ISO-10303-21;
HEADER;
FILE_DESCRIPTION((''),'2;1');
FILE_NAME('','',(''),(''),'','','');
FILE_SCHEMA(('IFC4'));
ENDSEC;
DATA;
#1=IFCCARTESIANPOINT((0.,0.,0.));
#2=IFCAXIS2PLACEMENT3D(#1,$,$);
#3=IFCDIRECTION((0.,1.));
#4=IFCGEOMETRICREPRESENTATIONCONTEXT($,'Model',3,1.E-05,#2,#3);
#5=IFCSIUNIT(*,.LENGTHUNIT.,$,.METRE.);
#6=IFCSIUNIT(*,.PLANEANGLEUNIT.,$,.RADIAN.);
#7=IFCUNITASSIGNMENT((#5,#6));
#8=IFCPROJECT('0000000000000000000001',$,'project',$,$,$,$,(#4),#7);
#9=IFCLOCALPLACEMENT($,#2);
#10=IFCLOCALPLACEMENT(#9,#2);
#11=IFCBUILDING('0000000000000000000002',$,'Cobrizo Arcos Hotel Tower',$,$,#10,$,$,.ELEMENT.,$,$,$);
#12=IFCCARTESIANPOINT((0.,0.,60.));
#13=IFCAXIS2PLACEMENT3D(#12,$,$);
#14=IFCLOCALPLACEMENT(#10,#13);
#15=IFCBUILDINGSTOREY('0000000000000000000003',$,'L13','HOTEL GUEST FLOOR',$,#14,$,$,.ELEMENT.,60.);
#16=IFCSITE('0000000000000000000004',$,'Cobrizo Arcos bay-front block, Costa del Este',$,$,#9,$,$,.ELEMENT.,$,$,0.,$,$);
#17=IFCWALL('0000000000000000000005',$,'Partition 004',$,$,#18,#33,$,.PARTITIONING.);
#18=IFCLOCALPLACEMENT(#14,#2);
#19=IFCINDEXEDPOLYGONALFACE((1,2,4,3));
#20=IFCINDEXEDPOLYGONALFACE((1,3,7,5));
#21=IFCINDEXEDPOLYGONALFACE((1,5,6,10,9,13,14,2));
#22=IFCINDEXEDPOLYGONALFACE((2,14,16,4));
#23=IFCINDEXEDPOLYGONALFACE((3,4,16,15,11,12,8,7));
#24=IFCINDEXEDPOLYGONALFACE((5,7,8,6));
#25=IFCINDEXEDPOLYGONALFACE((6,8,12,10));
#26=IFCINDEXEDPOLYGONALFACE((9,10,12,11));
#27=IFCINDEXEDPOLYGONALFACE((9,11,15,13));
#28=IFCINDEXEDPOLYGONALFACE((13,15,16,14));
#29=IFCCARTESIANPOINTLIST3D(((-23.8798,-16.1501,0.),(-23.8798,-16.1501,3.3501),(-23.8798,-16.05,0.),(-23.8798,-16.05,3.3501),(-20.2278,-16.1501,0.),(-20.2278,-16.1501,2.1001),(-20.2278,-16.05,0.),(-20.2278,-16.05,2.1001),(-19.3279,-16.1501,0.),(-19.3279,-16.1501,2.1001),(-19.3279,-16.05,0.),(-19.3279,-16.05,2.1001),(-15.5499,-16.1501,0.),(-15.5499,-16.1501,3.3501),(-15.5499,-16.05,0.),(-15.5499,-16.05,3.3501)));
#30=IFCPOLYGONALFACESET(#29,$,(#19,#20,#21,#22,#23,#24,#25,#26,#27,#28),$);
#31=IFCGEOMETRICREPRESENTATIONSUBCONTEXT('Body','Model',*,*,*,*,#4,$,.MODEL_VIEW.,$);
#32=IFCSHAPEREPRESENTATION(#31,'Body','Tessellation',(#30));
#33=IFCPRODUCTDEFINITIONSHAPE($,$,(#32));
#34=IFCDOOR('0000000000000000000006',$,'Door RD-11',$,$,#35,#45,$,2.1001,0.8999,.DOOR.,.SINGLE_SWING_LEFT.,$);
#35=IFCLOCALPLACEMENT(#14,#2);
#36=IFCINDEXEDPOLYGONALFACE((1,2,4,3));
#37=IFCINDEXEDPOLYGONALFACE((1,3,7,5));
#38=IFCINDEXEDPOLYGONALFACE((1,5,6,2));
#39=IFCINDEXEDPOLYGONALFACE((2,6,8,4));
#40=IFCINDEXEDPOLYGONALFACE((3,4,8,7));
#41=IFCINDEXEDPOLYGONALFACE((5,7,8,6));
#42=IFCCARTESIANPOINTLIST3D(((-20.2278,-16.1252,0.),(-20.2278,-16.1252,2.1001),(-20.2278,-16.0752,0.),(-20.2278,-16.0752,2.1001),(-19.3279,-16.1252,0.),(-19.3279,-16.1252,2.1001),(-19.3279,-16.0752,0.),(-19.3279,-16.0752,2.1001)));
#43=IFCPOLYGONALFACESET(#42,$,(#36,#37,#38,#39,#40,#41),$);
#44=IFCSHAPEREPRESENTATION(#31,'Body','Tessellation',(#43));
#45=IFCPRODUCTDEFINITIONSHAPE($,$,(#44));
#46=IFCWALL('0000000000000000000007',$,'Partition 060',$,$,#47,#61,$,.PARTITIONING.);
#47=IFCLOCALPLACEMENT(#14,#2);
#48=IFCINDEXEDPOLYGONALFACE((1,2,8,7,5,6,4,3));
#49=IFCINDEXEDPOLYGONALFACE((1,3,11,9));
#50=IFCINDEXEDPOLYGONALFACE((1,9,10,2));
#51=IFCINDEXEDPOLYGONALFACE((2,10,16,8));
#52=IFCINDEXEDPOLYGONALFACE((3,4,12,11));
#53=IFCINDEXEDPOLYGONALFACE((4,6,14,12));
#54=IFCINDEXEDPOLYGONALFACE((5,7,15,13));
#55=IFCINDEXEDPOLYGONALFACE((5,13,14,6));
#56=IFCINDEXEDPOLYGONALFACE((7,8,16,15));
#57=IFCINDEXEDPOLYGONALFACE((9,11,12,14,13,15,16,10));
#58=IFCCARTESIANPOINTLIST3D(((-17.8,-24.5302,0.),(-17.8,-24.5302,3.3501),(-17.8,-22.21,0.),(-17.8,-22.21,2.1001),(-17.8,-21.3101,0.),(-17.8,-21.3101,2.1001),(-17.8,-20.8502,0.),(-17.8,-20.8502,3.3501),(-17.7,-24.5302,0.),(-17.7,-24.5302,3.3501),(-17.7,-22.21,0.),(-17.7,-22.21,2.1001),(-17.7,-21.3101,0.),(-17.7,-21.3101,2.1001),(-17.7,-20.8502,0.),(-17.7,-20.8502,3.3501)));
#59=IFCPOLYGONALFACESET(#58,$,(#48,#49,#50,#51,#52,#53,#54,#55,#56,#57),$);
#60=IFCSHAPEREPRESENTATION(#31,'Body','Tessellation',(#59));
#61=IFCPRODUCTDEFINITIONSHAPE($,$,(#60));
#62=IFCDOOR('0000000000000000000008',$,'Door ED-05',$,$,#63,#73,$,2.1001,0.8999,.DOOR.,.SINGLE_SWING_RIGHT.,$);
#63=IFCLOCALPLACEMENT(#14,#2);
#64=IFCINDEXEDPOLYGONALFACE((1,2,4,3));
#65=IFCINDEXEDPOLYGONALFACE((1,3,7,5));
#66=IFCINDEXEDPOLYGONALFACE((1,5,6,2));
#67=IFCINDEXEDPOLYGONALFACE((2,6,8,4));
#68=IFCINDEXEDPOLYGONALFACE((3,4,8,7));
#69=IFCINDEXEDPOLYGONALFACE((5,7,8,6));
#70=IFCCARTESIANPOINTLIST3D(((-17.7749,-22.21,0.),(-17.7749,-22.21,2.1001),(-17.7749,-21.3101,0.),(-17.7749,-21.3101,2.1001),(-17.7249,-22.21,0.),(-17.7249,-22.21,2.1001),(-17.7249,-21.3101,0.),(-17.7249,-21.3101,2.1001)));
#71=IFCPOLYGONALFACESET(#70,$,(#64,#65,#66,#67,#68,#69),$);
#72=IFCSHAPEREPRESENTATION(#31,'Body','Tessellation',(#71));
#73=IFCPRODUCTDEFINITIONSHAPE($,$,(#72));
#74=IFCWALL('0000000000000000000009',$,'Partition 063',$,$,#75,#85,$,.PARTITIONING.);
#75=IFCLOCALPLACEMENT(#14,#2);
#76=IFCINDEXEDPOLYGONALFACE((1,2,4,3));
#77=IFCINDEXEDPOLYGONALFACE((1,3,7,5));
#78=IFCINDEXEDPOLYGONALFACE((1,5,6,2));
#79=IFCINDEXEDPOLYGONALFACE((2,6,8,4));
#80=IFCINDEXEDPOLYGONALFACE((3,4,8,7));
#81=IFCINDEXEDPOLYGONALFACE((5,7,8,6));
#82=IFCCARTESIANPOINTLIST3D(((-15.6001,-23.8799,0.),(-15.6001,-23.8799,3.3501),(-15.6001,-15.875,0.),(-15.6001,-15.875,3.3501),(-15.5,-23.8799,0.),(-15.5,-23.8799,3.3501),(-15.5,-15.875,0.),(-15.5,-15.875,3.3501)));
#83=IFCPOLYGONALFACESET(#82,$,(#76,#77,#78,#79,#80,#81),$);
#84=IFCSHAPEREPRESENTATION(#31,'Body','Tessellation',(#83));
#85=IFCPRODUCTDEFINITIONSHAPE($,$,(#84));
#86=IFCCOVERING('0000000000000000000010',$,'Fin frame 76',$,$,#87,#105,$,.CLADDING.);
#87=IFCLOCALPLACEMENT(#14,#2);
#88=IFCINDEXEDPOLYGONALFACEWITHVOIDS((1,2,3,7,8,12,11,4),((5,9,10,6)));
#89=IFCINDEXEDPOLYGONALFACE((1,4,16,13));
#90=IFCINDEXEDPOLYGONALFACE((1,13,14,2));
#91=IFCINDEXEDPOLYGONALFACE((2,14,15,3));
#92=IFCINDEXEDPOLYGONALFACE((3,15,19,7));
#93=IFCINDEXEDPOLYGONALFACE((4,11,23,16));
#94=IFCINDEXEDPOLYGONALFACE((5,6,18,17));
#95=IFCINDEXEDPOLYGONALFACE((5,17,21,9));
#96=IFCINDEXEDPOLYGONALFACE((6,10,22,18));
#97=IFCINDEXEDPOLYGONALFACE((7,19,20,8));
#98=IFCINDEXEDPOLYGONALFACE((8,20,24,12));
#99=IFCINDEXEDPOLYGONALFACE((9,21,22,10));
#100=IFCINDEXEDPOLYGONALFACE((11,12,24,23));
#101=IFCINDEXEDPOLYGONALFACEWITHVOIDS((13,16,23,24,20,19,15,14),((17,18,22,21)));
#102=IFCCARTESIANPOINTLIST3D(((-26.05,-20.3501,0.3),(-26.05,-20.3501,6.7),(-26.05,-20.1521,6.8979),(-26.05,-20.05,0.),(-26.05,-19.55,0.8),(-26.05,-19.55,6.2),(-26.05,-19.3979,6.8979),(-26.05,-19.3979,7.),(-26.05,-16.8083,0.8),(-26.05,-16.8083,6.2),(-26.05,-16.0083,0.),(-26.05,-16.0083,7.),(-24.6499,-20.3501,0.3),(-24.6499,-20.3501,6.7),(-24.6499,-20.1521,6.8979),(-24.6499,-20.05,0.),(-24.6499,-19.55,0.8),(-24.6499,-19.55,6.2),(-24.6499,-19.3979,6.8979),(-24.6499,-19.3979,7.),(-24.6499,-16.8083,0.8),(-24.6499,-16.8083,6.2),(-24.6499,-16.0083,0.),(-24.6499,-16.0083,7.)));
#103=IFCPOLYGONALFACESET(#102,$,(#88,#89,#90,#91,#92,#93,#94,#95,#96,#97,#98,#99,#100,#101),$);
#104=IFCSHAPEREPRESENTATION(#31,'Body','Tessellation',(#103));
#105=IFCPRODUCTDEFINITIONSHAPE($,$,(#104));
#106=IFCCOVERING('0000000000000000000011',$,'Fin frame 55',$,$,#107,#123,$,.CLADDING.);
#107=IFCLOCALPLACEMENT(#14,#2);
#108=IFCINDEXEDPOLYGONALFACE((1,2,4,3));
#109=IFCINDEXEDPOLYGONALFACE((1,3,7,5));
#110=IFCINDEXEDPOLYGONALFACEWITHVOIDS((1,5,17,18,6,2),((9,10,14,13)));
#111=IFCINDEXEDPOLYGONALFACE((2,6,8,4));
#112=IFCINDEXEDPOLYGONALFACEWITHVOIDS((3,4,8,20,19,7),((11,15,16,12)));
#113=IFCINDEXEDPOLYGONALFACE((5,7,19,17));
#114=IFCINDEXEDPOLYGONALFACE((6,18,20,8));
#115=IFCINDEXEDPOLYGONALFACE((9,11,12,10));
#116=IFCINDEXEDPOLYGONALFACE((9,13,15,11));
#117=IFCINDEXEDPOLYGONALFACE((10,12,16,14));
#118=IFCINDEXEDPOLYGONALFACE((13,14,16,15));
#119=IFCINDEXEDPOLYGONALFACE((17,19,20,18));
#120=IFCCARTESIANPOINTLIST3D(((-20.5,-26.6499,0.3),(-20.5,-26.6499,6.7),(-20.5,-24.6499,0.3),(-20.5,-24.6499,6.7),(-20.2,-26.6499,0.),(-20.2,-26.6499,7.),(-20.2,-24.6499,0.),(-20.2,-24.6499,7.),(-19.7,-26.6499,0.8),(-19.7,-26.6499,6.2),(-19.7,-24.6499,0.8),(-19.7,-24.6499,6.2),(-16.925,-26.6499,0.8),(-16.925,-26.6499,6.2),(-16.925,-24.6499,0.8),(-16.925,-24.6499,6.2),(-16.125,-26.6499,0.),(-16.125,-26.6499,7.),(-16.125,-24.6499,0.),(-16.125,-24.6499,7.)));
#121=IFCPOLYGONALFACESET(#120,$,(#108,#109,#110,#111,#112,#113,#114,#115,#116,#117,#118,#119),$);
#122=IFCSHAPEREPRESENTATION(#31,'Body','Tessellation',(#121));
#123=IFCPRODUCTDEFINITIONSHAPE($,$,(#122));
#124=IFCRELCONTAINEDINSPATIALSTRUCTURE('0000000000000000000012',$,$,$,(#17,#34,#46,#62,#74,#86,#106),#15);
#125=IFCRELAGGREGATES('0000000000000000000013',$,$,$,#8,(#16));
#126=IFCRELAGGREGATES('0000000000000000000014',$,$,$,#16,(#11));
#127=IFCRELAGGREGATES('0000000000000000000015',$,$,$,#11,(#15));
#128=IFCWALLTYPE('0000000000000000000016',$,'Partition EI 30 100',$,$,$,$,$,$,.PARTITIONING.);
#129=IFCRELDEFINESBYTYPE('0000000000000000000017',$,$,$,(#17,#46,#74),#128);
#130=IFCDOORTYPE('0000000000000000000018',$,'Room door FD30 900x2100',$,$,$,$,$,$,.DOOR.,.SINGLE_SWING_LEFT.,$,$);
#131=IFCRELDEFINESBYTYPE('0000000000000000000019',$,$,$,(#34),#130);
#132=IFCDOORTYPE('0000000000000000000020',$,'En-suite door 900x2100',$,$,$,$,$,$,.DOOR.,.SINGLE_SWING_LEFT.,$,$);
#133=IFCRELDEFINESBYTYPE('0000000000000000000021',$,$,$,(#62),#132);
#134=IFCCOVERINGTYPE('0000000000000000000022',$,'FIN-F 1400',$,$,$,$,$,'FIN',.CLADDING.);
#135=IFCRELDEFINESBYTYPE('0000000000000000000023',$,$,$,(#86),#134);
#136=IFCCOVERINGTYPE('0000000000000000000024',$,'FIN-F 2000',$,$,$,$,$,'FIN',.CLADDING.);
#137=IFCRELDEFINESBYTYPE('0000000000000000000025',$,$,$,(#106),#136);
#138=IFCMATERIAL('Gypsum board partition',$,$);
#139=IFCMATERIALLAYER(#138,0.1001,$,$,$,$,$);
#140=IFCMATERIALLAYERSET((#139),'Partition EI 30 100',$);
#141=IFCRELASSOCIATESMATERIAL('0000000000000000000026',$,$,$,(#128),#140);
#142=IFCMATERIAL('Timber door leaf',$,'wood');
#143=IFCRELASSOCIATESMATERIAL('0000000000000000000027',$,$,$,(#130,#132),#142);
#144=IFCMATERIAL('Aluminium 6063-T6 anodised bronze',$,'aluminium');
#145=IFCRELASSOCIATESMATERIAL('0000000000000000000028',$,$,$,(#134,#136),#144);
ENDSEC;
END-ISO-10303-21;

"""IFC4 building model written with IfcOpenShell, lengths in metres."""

from ifc_helpers import new_model, si_unit, direction, frame, frame_2d, origin, place, context, subcontext, project, spatial, polyline, rectangle, outline, extrude, material, layer, layer_set, type_object, element, fill, save


model = new_model("IFC4")

# Units and contexts
model_context = context("Model", 3, precision=1e-05, world=origin(), true_north=direction((0.0, 1.0)))
body_context = subcontext(model_context, "Body", "Model", "MODEL_VIEW")
ifc_project = project(units=[si_unit("LENGTHUNIT", "METRE"), si_unit("PLANEANGLEUNIT", "RADIAN")], contexts=[model_context])

# Site, building, storey
site_placement = place(None, origin())
site = spatial("IfcSite", under=ifc_project, at=site_placement, Name="Cobrizo Arcos bay-front block, Costa del Este", CompositionType="ELEMENT", RefElevation=0.0)
building_placement = place(site_placement, origin())
building = spatial("IfcBuilding", under=site, at=building_placement, Name="Cobrizo Arcos Hotel Tower", CompositionType="ELEMENT")
storey_placement = place(building_placement, frame((0.0, 0.0, 60.0)))
storey = spatial("IfcBuildingStorey", under=building, at=storey_placement, Name="L13", Description="HOTEL GUEST FLOOR", CompositionType="ELEMENT", Elevation=60.0)

# Shared definitions
ifc_material_1 = material(Name="Aluminium 6063-T6 anodised bronze", Category="aluminium")

# Shared definitions
ifc_material_2 = material(Name="Gypsum board partition")
ifc_layer_1 = layer(ifc_material_2, 0.1001)
ifc_layer_set_1 = layer_set([ifc_layer_1], Name="Partition EI 30 100")
wall_type = type_object("IfcWallType", Name="Partition EI 30 100", PredefinedType="PARTITIONING", material=ifc_layer_set_1)

# Walls, openings, doors
wall_1_placement = place(storey_placement, frame((-23.8799, -16.1001, 0.0), z_axis=(0.0, 0.0, 1.0), x_axis=(1.0, 0.0, 0.0)))
wall_1 = element("IfcWall", 1, at=wall_1_placement, inside=storey, type_object=wall_type, Name="Partition 004", PredefinedType="PARTITIONING", context=body_context, shape_type="SweptSolid", body=[
    extrude(rectangle(XDim=8.3298, YDim=0.1001, at=frame_2d((4.165, 0.0))), origin(), (0.0, 0.0, 1.0), 3.3501),
])
opening_1_placement = place(wall_1_placement, frame((3.6521, 0.0, 0.0)))
opening_1 = element("IfcOpeningElement", 2, at=opening_1_placement, cuts=wall_1, PredefinedType="OPENING", context=body_context, shape_type="SweptSolid", body=[
    extrude(rectangle(XDim=0.8999, YDim=2.1001, at=frame_2d((0.45, 1.05))), frame((0.0, 0.062, 0.0), z_axis=(0.0, -1.0, 0.0), x_axis=(1.0, 0.0, 0.0)), (0.0, 0.0, 1.0), 0.124),
])
ifc_material_3 = material(Name="Timber door leaf", Category="wood")
door_type_1 = type_object("IfcDoorType", Name="Room door FD30 900x2100", OperationType="SINGLE_SWING_LEFT", PredefinedType="DOOR", material=ifc_material_3)
door_1_placement = place(opening_1_placement, origin())
door_1 = element("IfcDoor", 3, at=door_1_placement, inside=storey, type_object=door_type_1, Name="Door RD-11", OperationType="SINGLE_SWING_LEFT", OverallHeight=2.1001, OverallWidth=0.8999, PredefinedType="DOOR", context=body_context, shape_type="SweptSolid", body=[
    extrude(rectangle(XDim=0.8999, YDim=2.1001, at=frame_2d((0.45, 1.05))), frame((0.0, 0.0249, 0.0), z_axis=(0.0, -1.0, 0.0), x_axis=(1.0, 0.0, 0.0)), (0.0, 0.0, 1.0), 0.05),
])
fill(opening_1, door_1)
wall_2_placement = place(storey_placement, frame((-17.75, -24.53, 0.0), z_axis=(0.0, 0.0, 1.0), x_axis=(0.0, 1.0, 0.0)))
wall_2 = element("IfcWall", 4, at=wall_2_placement, inside=storey, type_object=wall_type, Name="Partition 060", PredefinedType="PARTITIONING", context=body_context, shape_type="SweptSolid", body=[
    extrude(rectangle(XDim=3.6799, YDim=0.1001, at=frame_2d((1.8398, 0.0))), origin(), (0.0, 0.0, 1.0), 3.3501),
])
opening_2_placement = place(wall_2_placement, frame((2.3201, 0.0, 0.0)))
opening_2 = element("IfcOpeningElement", 5, at=opening_2_placement, cuts=wall_2, PredefinedType="OPENING", context=body_context, shape_type="SweptSolid", body=[
    extrude(rectangle(XDim=0.8999, YDim=2.1001, at=frame_2d((0.45, 1.05))), frame((0.0, 0.062, 0.0), z_axis=(0.0, -1.0, 0.0), x_axis=(1.0, 0.0, 0.0)), (0.0, 0.0, 1.0), 0.124),
])
door_type_2 = type_object("IfcDoorType", Name="En-suite door 900x2100", OperationType="SINGLE_SWING_LEFT", PredefinedType="DOOR", material=ifc_material_3)
door_2_placement = place(opening_2_placement, origin())
door_2 = element("IfcDoor", 6, at=door_2_placement, inside=storey, type_object=door_type_2, Name="Door ED-05", OperationType="SINGLE_SWING_RIGHT", OverallHeight=2.1001, OverallWidth=0.8999, PredefinedType="DOOR", context=body_context, shape_type="SweptSolid", body=[
    extrude(rectangle(XDim=0.8999, YDim=2.1001, at=frame_2d((0.45, 1.05))), frame((0.0, 0.0249, 0.0), z_axis=(0.0, -1.0, 0.0), x_axis=(1.0, 0.0, 0.0)), (0.0, 0.0, 1.0), 0.05),
])
fill(opening_2, door_2)

# Wall
wall_3_placement = place(storey_placement, frame((-15.55, -23.8799, 0.0), z_axis=(0.0, 0.0, 1.0), x_axis=(0.0, 1.0, 0.0)))
element("IfcWall", 7, at=wall_3_placement, inside=storey, type_object=wall_type, Name="Partition 063", PredefinedType="PARTITIONING", context=body_context, shape_type="SweptSolid", body=[
    extrude(rectangle(XDim=8.0049, YDim=0.1001, at=frame_2d((4.0024, 0.0))), origin(), (0.0, 0.0, 1.0), 3.3501),
])

# Coverings
covering_type_1 = type_object("IfcCoveringType", Name="FIN-F 1400", ElementType="FIN", PredefinedType="CLADDING", material=ifc_material_1)
covering_1_placement = place(storey_placement, frame((-24.6499, -16.0083, 0.0), z_axis=(-1.0, 0.0, 0.0), x_axis=(0.0, -1.0, 0.0)))
element("IfcCovering", 8, at=covering_1_placement, inside=storey, type_object=covering_type_1, Name="Fin frame 76", PredefinedType="CLADDING", context=body_context, shape_type="SweptSolid", body=[
    extrude(outline(polyline([(4.3418, 6.7), (4.1438, 6.8979), (3.3896, 6.8979), (3.3896, 7.0), (0.0, 7.0), (0.0, 0.0), (4.0417, 0.0), (4.3418, 0.3), (4.3418, 6.7)]), holes=[polyline([(3.5417, 0.8), (0.8, 0.8), (0.8, 6.2), (3.5417, 6.2), (3.5417, 0.8)])]), origin(), (0.0, 0.0, 1.0), 1.4001),
])
covering_type_2 = type_object("IfcCoveringType", Name="FIN-F 2000", ElementType="FIN", PredefinedType="CLADDING", material=ifc_material_1)
covering_2_placement = place(storey_placement, frame((-20.5, -24.6499, 0.0), z_axis=(0.0, -1.0, 0.0), x_axis=(1.0, 0.0, 0.0)))
element("IfcCovering", 9, at=covering_2_placement, inside=storey, type_object=covering_type_2, Name="Fin frame 55", PredefinedType="CLADDING", context=body_context, shape_type="SweptSolid", body=[
    extrude(outline(polyline([(0.0, 0.3), (0.3, 0.0), (4.375, 0.0), (4.375, 7.0), (0.3, 7.0), (0.0, 6.7), (0.0, 0.3)]), holes=[polyline([(3.575, 0.8), (0.8, 0.8), (0.8, 6.2), (3.575, 6.2), (3.575, 0.8)])]), origin(), (0.0, 0.0, 1.0), 2.0),
])

save(model, "model.ifc")
